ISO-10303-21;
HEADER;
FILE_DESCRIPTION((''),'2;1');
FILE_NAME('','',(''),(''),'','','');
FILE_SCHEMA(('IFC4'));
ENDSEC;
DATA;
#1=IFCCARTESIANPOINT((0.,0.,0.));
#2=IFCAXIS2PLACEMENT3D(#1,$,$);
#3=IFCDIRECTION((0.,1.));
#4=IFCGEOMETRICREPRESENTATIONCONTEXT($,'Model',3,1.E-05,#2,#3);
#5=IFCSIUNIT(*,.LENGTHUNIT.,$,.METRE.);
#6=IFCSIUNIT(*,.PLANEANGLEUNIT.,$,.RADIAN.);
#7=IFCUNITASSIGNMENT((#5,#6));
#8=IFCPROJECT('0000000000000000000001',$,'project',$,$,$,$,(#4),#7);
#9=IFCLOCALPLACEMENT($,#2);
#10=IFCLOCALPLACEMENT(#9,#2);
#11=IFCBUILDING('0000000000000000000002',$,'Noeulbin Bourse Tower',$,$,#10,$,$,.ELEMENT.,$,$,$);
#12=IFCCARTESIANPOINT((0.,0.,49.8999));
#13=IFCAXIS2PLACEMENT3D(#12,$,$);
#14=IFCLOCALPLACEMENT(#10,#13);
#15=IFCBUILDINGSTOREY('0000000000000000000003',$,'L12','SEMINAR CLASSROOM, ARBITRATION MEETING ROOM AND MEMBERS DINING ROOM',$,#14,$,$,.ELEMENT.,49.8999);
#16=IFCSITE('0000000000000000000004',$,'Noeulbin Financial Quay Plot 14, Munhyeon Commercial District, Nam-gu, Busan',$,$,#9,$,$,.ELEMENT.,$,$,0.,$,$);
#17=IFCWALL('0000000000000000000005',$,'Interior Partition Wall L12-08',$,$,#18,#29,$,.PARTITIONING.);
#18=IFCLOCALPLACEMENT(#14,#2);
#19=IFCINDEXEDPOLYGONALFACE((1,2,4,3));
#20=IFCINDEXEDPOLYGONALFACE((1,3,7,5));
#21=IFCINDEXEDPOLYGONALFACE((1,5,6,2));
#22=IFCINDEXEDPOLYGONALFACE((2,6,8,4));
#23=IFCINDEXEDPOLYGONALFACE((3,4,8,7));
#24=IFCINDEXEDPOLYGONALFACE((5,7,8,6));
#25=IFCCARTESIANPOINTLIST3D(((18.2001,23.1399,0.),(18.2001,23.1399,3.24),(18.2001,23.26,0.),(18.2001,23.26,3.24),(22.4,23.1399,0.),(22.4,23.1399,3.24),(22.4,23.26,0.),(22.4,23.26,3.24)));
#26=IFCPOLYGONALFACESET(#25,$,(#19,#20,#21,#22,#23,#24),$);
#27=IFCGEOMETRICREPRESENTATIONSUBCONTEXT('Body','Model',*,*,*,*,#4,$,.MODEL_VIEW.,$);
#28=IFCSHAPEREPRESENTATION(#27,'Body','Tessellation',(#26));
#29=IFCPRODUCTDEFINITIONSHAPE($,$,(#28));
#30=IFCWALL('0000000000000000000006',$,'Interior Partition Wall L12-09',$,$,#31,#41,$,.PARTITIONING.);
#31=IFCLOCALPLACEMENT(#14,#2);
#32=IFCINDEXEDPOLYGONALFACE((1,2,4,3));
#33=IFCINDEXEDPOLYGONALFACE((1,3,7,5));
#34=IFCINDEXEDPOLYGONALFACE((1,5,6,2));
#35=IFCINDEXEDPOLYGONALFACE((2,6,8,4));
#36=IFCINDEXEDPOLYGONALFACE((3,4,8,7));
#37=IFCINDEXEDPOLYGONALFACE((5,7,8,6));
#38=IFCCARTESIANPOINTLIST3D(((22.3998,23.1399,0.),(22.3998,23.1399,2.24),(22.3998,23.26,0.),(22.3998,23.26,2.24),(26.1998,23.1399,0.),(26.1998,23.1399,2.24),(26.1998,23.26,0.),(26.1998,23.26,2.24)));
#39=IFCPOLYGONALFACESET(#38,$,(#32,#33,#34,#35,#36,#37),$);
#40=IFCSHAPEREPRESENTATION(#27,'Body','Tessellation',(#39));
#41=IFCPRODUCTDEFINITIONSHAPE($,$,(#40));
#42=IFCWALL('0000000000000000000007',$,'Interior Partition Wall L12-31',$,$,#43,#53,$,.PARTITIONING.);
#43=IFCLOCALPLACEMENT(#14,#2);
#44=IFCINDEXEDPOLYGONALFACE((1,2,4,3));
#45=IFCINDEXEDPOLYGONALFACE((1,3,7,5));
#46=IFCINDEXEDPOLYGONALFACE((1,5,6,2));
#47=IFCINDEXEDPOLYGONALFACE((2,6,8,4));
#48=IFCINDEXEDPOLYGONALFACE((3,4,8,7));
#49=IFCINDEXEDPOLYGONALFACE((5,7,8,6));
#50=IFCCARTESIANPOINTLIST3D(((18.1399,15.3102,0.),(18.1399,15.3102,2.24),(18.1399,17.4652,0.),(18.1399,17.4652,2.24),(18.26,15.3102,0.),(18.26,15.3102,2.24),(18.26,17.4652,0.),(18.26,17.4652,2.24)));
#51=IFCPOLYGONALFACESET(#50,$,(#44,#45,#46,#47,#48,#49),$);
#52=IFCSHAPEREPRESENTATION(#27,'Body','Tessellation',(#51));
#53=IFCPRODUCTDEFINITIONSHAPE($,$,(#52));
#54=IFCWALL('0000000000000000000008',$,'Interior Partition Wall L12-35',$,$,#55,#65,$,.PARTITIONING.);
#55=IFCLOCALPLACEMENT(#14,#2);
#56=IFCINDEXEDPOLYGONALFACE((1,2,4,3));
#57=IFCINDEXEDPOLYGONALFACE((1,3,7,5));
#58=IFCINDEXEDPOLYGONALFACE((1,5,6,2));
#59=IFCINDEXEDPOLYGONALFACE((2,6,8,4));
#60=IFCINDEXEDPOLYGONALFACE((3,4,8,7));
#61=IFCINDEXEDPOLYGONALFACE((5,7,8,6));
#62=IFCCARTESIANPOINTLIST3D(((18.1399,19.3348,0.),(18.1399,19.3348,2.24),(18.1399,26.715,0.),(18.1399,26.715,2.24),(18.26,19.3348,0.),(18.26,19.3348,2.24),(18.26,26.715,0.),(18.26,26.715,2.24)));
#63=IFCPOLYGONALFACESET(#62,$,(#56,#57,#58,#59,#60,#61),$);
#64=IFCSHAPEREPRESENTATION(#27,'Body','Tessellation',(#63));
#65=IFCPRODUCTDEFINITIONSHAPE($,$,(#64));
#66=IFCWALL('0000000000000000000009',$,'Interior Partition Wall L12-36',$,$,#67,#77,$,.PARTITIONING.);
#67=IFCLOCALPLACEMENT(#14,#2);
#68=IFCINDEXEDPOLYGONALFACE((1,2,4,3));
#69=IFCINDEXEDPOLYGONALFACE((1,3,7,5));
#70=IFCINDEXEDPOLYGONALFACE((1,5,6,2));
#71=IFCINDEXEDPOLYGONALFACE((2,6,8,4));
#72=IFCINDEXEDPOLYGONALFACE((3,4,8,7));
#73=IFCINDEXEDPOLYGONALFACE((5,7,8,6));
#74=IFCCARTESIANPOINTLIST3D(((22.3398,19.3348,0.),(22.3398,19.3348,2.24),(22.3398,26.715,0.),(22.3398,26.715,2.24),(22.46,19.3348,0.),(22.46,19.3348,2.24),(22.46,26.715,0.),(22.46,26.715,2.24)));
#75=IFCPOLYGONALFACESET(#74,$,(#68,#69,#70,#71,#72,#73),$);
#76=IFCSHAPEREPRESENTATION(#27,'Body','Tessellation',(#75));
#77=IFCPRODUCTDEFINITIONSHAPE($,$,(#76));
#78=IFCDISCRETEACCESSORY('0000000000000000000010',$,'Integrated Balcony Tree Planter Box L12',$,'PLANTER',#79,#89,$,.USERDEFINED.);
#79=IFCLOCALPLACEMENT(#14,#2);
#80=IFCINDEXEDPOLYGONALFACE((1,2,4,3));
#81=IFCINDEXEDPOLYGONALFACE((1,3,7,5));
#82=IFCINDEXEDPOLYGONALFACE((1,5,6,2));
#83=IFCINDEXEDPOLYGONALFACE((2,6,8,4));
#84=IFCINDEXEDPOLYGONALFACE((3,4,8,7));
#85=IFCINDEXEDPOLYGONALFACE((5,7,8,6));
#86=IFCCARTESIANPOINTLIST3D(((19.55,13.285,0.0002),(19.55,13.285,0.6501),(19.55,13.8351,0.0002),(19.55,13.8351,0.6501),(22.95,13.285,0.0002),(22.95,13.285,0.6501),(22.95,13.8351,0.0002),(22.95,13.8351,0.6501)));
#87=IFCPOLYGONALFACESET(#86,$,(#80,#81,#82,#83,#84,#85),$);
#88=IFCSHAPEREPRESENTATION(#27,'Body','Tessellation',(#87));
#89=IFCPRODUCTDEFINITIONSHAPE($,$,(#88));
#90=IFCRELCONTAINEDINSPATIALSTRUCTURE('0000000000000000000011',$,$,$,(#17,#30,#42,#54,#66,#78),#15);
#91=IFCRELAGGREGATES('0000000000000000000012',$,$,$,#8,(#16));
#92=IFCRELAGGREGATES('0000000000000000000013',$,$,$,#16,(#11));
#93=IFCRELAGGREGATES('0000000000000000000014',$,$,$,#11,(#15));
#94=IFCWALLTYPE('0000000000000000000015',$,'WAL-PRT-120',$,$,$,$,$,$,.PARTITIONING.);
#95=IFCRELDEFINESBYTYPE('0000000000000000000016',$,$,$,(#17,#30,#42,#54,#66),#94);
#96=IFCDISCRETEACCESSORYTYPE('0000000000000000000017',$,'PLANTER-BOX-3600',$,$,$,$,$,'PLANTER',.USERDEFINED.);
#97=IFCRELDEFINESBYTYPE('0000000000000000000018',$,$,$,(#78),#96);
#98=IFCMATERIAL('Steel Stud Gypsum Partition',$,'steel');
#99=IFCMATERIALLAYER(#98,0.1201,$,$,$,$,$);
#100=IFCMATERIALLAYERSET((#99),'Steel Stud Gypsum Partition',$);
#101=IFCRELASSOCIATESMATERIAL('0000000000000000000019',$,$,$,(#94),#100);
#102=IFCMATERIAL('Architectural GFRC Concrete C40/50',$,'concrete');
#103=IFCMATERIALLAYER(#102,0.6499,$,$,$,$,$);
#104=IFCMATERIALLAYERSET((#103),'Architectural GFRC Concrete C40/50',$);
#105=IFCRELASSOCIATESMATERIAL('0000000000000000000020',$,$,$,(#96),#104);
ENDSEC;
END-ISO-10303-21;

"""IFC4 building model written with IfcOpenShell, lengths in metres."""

from ifc_helpers import new_model, si_unit, direction, frame, frame_2d, origin, origin_2d, place, context, subcontext, project, spatial, rectangle, extrude, material, layer, layer_set, type_object, element, save


model = new_model("IFC4")

# Units and contexts
model_context = context("Model", 3, precision=1e-05, world=origin(), true_north=direction((0.0, 1.0)))
body_context = subcontext(model_context, "Body", "Model", "MODEL_VIEW")
ifc_project = project(units=[si_unit("LENGTHUNIT", "METRE"), si_unit("PLANEANGLEUNIT", "RADIAN")], contexts=[model_context])

# Site, building, storey
site_placement = place(None, origin())
site = spatial("IfcSite", under=ifc_project, at=site_placement, Name="Noeulbin Financial Quay Plot 14, Munhyeon Commercial District, Nam-gu, Busan", CompositionType="ELEMENT", RefElevation=0.0)
building_placement = place(site_placement, origin())
building = spatial("IfcBuilding", under=site, at=building_placement, Name="Noeulbin Bourse Tower", CompositionType="ELEMENT")
storey_placement = place(building_placement, frame((0.0, 0.0, 49.8999)))
storey = spatial("IfcBuildingStorey", under=building, at=storey_placement, Name="L12", Description="SEMINAR CLASSROOM, ARBITRATION MEETING ROOM AND MEMBERS DINING ROOM", CompositionType="ELEMENT", Elevation=49.8999)

# Walls
ifc_material_1 = material(Name="Steel Stud Gypsum Partition", Category="steel")
ifc_layer_1 = layer(ifc_material_1, 0.1201)
ifc_layer_set_1 = layer_set([ifc_layer_1], Name="Steel Stud Gypsum Partition")
wall_type_1 = type_object("IfcWallType", Name="WAL-PRT-120", PredefinedType="PARTITIONING", material=ifc_layer_set_1)
wall_1_placement = place(storey_placement, frame((18.2, 23.2, 0.0), z_axis=(0.0, 0.0, 1.0), x_axis=(1.0, 0.0, 0.0)))
element("IfcWall", 1, at=wall_1_placement, inside=storey, type_object=wall_type_1, Name="Interior Partition Wall L12-08", PredefinedType="PARTITIONING", context=body_context, shape_type="SweptSolid", body=[
    extrude(rectangle(XDim=4.2, YDim=0.1201, at=frame_2d((2.1001, 0.0))), origin(), (0.0, 0.0, 1.0), 3.24),
])
wall_2_placement = place(storey_placement, frame((22.3999, 23.2, 0.0), z_axis=(0.0, 0.0, 1.0), x_axis=(1.0, 0.0, 0.0)))
element("IfcWall", 2, at=wall_2_placement, inside=storey, type_object=wall_type_1, Name="Interior Partition Wall L12-09", PredefinedType="PARTITIONING", context=body_context, shape_type="SweptSolid", body=[
    extrude(rectangle(XDim=3.8, YDim=0.1201, at=frame_2d((1.8999, 0.0))), origin(), (0.0, 0.0, 1.0), 2.24),
])
wall_3_placement = place(storey_placement, frame((18.2, 15.3101, 0.0), z_axis=(0.0, 0.0, 1.0), x_axis=(0.0, 1.0, 0.0)))
element("IfcWall", 3, at=wall_3_placement, inside=storey, type_object=wall_type_1, Name="Interior Partition Wall L12-31", PredefinedType="PARTITIONING", context=body_context, shape_type="SweptSolid", body=[
    extrude(rectangle(XDim=2.155, YDim=0.1201, at=frame_2d((1.0776, 0.0))), origin(), (0.0, 0.0, 1.0), 2.24),
])
for number, where, z_axis, x_axis, name in (
    (4, (18.2, 19.335, 0.0), (0.0, 0.0, 1.0), (0.0, 1.0, 0.0), "Interior Partition Wall L12-35"),
    (5, (22.3999, 19.335, 0.0), (0.0, 0.0, 1.0), (0.0, 1.0, 0.0), "Interior Partition Wall L12-36"),
):
    element("IfcWall", number, at=place(storey_placement, frame(where, z_axis=z_axis, x_axis=x_axis)), inside=storey, type_object=wall_type_1, Name=name, PredefinedType="PARTITIONING", context=body_context, shape_type="SweptSolid", body=[
        extrude(rectangle(XDim=7.3801, YDim=0.1201, at=frame_2d((3.6899, 0.0))), origin(), (0.0, 0.0, 1.0), 2.24),
    ])

# Discrete accessory
ifc_material_2 = material(Name="Architectural GFRC Concrete C40/50", Category="concrete")
ifc_layer_2 = layer(ifc_material_2, 0.6499)
ifc_layer_set_2 = layer_set([ifc_layer_2], Name="Architectural GFRC Concrete C40/50")
discrete_accessory_type = type_object("IfcDiscreteAccessoryType", Name="PLANTER-BOX-3600", ElementType="PLANTER", PredefinedType="USERDEFINED", material=ifc_layer_set_2)
discrete_accessory_placement = place(storey_placement, frame((21.25, 13.5601, 0.0002), z_axis=(0.0, 0.0, 1.0), x_axis=(1.0, 0.0, 0.0)))
element("IfcDiscreteAccessory", 6, at=discrete_accessory_placement, inside=storey, type_object=discrete_accessory_type, Name="Integrated Balcony Tree Planter Box L12", ObjectType="PLANTER", PredefinedType="USERDEFINED", context=body_context, shape_type="SweptSolid", body=[
    extrude(rectangle(XDim=3.3999, YDim=0.55, at=origin_2d()), origin(), (0.0, 0.0, 1.0), 0.6499),
])

save(model, "model.ifc")
